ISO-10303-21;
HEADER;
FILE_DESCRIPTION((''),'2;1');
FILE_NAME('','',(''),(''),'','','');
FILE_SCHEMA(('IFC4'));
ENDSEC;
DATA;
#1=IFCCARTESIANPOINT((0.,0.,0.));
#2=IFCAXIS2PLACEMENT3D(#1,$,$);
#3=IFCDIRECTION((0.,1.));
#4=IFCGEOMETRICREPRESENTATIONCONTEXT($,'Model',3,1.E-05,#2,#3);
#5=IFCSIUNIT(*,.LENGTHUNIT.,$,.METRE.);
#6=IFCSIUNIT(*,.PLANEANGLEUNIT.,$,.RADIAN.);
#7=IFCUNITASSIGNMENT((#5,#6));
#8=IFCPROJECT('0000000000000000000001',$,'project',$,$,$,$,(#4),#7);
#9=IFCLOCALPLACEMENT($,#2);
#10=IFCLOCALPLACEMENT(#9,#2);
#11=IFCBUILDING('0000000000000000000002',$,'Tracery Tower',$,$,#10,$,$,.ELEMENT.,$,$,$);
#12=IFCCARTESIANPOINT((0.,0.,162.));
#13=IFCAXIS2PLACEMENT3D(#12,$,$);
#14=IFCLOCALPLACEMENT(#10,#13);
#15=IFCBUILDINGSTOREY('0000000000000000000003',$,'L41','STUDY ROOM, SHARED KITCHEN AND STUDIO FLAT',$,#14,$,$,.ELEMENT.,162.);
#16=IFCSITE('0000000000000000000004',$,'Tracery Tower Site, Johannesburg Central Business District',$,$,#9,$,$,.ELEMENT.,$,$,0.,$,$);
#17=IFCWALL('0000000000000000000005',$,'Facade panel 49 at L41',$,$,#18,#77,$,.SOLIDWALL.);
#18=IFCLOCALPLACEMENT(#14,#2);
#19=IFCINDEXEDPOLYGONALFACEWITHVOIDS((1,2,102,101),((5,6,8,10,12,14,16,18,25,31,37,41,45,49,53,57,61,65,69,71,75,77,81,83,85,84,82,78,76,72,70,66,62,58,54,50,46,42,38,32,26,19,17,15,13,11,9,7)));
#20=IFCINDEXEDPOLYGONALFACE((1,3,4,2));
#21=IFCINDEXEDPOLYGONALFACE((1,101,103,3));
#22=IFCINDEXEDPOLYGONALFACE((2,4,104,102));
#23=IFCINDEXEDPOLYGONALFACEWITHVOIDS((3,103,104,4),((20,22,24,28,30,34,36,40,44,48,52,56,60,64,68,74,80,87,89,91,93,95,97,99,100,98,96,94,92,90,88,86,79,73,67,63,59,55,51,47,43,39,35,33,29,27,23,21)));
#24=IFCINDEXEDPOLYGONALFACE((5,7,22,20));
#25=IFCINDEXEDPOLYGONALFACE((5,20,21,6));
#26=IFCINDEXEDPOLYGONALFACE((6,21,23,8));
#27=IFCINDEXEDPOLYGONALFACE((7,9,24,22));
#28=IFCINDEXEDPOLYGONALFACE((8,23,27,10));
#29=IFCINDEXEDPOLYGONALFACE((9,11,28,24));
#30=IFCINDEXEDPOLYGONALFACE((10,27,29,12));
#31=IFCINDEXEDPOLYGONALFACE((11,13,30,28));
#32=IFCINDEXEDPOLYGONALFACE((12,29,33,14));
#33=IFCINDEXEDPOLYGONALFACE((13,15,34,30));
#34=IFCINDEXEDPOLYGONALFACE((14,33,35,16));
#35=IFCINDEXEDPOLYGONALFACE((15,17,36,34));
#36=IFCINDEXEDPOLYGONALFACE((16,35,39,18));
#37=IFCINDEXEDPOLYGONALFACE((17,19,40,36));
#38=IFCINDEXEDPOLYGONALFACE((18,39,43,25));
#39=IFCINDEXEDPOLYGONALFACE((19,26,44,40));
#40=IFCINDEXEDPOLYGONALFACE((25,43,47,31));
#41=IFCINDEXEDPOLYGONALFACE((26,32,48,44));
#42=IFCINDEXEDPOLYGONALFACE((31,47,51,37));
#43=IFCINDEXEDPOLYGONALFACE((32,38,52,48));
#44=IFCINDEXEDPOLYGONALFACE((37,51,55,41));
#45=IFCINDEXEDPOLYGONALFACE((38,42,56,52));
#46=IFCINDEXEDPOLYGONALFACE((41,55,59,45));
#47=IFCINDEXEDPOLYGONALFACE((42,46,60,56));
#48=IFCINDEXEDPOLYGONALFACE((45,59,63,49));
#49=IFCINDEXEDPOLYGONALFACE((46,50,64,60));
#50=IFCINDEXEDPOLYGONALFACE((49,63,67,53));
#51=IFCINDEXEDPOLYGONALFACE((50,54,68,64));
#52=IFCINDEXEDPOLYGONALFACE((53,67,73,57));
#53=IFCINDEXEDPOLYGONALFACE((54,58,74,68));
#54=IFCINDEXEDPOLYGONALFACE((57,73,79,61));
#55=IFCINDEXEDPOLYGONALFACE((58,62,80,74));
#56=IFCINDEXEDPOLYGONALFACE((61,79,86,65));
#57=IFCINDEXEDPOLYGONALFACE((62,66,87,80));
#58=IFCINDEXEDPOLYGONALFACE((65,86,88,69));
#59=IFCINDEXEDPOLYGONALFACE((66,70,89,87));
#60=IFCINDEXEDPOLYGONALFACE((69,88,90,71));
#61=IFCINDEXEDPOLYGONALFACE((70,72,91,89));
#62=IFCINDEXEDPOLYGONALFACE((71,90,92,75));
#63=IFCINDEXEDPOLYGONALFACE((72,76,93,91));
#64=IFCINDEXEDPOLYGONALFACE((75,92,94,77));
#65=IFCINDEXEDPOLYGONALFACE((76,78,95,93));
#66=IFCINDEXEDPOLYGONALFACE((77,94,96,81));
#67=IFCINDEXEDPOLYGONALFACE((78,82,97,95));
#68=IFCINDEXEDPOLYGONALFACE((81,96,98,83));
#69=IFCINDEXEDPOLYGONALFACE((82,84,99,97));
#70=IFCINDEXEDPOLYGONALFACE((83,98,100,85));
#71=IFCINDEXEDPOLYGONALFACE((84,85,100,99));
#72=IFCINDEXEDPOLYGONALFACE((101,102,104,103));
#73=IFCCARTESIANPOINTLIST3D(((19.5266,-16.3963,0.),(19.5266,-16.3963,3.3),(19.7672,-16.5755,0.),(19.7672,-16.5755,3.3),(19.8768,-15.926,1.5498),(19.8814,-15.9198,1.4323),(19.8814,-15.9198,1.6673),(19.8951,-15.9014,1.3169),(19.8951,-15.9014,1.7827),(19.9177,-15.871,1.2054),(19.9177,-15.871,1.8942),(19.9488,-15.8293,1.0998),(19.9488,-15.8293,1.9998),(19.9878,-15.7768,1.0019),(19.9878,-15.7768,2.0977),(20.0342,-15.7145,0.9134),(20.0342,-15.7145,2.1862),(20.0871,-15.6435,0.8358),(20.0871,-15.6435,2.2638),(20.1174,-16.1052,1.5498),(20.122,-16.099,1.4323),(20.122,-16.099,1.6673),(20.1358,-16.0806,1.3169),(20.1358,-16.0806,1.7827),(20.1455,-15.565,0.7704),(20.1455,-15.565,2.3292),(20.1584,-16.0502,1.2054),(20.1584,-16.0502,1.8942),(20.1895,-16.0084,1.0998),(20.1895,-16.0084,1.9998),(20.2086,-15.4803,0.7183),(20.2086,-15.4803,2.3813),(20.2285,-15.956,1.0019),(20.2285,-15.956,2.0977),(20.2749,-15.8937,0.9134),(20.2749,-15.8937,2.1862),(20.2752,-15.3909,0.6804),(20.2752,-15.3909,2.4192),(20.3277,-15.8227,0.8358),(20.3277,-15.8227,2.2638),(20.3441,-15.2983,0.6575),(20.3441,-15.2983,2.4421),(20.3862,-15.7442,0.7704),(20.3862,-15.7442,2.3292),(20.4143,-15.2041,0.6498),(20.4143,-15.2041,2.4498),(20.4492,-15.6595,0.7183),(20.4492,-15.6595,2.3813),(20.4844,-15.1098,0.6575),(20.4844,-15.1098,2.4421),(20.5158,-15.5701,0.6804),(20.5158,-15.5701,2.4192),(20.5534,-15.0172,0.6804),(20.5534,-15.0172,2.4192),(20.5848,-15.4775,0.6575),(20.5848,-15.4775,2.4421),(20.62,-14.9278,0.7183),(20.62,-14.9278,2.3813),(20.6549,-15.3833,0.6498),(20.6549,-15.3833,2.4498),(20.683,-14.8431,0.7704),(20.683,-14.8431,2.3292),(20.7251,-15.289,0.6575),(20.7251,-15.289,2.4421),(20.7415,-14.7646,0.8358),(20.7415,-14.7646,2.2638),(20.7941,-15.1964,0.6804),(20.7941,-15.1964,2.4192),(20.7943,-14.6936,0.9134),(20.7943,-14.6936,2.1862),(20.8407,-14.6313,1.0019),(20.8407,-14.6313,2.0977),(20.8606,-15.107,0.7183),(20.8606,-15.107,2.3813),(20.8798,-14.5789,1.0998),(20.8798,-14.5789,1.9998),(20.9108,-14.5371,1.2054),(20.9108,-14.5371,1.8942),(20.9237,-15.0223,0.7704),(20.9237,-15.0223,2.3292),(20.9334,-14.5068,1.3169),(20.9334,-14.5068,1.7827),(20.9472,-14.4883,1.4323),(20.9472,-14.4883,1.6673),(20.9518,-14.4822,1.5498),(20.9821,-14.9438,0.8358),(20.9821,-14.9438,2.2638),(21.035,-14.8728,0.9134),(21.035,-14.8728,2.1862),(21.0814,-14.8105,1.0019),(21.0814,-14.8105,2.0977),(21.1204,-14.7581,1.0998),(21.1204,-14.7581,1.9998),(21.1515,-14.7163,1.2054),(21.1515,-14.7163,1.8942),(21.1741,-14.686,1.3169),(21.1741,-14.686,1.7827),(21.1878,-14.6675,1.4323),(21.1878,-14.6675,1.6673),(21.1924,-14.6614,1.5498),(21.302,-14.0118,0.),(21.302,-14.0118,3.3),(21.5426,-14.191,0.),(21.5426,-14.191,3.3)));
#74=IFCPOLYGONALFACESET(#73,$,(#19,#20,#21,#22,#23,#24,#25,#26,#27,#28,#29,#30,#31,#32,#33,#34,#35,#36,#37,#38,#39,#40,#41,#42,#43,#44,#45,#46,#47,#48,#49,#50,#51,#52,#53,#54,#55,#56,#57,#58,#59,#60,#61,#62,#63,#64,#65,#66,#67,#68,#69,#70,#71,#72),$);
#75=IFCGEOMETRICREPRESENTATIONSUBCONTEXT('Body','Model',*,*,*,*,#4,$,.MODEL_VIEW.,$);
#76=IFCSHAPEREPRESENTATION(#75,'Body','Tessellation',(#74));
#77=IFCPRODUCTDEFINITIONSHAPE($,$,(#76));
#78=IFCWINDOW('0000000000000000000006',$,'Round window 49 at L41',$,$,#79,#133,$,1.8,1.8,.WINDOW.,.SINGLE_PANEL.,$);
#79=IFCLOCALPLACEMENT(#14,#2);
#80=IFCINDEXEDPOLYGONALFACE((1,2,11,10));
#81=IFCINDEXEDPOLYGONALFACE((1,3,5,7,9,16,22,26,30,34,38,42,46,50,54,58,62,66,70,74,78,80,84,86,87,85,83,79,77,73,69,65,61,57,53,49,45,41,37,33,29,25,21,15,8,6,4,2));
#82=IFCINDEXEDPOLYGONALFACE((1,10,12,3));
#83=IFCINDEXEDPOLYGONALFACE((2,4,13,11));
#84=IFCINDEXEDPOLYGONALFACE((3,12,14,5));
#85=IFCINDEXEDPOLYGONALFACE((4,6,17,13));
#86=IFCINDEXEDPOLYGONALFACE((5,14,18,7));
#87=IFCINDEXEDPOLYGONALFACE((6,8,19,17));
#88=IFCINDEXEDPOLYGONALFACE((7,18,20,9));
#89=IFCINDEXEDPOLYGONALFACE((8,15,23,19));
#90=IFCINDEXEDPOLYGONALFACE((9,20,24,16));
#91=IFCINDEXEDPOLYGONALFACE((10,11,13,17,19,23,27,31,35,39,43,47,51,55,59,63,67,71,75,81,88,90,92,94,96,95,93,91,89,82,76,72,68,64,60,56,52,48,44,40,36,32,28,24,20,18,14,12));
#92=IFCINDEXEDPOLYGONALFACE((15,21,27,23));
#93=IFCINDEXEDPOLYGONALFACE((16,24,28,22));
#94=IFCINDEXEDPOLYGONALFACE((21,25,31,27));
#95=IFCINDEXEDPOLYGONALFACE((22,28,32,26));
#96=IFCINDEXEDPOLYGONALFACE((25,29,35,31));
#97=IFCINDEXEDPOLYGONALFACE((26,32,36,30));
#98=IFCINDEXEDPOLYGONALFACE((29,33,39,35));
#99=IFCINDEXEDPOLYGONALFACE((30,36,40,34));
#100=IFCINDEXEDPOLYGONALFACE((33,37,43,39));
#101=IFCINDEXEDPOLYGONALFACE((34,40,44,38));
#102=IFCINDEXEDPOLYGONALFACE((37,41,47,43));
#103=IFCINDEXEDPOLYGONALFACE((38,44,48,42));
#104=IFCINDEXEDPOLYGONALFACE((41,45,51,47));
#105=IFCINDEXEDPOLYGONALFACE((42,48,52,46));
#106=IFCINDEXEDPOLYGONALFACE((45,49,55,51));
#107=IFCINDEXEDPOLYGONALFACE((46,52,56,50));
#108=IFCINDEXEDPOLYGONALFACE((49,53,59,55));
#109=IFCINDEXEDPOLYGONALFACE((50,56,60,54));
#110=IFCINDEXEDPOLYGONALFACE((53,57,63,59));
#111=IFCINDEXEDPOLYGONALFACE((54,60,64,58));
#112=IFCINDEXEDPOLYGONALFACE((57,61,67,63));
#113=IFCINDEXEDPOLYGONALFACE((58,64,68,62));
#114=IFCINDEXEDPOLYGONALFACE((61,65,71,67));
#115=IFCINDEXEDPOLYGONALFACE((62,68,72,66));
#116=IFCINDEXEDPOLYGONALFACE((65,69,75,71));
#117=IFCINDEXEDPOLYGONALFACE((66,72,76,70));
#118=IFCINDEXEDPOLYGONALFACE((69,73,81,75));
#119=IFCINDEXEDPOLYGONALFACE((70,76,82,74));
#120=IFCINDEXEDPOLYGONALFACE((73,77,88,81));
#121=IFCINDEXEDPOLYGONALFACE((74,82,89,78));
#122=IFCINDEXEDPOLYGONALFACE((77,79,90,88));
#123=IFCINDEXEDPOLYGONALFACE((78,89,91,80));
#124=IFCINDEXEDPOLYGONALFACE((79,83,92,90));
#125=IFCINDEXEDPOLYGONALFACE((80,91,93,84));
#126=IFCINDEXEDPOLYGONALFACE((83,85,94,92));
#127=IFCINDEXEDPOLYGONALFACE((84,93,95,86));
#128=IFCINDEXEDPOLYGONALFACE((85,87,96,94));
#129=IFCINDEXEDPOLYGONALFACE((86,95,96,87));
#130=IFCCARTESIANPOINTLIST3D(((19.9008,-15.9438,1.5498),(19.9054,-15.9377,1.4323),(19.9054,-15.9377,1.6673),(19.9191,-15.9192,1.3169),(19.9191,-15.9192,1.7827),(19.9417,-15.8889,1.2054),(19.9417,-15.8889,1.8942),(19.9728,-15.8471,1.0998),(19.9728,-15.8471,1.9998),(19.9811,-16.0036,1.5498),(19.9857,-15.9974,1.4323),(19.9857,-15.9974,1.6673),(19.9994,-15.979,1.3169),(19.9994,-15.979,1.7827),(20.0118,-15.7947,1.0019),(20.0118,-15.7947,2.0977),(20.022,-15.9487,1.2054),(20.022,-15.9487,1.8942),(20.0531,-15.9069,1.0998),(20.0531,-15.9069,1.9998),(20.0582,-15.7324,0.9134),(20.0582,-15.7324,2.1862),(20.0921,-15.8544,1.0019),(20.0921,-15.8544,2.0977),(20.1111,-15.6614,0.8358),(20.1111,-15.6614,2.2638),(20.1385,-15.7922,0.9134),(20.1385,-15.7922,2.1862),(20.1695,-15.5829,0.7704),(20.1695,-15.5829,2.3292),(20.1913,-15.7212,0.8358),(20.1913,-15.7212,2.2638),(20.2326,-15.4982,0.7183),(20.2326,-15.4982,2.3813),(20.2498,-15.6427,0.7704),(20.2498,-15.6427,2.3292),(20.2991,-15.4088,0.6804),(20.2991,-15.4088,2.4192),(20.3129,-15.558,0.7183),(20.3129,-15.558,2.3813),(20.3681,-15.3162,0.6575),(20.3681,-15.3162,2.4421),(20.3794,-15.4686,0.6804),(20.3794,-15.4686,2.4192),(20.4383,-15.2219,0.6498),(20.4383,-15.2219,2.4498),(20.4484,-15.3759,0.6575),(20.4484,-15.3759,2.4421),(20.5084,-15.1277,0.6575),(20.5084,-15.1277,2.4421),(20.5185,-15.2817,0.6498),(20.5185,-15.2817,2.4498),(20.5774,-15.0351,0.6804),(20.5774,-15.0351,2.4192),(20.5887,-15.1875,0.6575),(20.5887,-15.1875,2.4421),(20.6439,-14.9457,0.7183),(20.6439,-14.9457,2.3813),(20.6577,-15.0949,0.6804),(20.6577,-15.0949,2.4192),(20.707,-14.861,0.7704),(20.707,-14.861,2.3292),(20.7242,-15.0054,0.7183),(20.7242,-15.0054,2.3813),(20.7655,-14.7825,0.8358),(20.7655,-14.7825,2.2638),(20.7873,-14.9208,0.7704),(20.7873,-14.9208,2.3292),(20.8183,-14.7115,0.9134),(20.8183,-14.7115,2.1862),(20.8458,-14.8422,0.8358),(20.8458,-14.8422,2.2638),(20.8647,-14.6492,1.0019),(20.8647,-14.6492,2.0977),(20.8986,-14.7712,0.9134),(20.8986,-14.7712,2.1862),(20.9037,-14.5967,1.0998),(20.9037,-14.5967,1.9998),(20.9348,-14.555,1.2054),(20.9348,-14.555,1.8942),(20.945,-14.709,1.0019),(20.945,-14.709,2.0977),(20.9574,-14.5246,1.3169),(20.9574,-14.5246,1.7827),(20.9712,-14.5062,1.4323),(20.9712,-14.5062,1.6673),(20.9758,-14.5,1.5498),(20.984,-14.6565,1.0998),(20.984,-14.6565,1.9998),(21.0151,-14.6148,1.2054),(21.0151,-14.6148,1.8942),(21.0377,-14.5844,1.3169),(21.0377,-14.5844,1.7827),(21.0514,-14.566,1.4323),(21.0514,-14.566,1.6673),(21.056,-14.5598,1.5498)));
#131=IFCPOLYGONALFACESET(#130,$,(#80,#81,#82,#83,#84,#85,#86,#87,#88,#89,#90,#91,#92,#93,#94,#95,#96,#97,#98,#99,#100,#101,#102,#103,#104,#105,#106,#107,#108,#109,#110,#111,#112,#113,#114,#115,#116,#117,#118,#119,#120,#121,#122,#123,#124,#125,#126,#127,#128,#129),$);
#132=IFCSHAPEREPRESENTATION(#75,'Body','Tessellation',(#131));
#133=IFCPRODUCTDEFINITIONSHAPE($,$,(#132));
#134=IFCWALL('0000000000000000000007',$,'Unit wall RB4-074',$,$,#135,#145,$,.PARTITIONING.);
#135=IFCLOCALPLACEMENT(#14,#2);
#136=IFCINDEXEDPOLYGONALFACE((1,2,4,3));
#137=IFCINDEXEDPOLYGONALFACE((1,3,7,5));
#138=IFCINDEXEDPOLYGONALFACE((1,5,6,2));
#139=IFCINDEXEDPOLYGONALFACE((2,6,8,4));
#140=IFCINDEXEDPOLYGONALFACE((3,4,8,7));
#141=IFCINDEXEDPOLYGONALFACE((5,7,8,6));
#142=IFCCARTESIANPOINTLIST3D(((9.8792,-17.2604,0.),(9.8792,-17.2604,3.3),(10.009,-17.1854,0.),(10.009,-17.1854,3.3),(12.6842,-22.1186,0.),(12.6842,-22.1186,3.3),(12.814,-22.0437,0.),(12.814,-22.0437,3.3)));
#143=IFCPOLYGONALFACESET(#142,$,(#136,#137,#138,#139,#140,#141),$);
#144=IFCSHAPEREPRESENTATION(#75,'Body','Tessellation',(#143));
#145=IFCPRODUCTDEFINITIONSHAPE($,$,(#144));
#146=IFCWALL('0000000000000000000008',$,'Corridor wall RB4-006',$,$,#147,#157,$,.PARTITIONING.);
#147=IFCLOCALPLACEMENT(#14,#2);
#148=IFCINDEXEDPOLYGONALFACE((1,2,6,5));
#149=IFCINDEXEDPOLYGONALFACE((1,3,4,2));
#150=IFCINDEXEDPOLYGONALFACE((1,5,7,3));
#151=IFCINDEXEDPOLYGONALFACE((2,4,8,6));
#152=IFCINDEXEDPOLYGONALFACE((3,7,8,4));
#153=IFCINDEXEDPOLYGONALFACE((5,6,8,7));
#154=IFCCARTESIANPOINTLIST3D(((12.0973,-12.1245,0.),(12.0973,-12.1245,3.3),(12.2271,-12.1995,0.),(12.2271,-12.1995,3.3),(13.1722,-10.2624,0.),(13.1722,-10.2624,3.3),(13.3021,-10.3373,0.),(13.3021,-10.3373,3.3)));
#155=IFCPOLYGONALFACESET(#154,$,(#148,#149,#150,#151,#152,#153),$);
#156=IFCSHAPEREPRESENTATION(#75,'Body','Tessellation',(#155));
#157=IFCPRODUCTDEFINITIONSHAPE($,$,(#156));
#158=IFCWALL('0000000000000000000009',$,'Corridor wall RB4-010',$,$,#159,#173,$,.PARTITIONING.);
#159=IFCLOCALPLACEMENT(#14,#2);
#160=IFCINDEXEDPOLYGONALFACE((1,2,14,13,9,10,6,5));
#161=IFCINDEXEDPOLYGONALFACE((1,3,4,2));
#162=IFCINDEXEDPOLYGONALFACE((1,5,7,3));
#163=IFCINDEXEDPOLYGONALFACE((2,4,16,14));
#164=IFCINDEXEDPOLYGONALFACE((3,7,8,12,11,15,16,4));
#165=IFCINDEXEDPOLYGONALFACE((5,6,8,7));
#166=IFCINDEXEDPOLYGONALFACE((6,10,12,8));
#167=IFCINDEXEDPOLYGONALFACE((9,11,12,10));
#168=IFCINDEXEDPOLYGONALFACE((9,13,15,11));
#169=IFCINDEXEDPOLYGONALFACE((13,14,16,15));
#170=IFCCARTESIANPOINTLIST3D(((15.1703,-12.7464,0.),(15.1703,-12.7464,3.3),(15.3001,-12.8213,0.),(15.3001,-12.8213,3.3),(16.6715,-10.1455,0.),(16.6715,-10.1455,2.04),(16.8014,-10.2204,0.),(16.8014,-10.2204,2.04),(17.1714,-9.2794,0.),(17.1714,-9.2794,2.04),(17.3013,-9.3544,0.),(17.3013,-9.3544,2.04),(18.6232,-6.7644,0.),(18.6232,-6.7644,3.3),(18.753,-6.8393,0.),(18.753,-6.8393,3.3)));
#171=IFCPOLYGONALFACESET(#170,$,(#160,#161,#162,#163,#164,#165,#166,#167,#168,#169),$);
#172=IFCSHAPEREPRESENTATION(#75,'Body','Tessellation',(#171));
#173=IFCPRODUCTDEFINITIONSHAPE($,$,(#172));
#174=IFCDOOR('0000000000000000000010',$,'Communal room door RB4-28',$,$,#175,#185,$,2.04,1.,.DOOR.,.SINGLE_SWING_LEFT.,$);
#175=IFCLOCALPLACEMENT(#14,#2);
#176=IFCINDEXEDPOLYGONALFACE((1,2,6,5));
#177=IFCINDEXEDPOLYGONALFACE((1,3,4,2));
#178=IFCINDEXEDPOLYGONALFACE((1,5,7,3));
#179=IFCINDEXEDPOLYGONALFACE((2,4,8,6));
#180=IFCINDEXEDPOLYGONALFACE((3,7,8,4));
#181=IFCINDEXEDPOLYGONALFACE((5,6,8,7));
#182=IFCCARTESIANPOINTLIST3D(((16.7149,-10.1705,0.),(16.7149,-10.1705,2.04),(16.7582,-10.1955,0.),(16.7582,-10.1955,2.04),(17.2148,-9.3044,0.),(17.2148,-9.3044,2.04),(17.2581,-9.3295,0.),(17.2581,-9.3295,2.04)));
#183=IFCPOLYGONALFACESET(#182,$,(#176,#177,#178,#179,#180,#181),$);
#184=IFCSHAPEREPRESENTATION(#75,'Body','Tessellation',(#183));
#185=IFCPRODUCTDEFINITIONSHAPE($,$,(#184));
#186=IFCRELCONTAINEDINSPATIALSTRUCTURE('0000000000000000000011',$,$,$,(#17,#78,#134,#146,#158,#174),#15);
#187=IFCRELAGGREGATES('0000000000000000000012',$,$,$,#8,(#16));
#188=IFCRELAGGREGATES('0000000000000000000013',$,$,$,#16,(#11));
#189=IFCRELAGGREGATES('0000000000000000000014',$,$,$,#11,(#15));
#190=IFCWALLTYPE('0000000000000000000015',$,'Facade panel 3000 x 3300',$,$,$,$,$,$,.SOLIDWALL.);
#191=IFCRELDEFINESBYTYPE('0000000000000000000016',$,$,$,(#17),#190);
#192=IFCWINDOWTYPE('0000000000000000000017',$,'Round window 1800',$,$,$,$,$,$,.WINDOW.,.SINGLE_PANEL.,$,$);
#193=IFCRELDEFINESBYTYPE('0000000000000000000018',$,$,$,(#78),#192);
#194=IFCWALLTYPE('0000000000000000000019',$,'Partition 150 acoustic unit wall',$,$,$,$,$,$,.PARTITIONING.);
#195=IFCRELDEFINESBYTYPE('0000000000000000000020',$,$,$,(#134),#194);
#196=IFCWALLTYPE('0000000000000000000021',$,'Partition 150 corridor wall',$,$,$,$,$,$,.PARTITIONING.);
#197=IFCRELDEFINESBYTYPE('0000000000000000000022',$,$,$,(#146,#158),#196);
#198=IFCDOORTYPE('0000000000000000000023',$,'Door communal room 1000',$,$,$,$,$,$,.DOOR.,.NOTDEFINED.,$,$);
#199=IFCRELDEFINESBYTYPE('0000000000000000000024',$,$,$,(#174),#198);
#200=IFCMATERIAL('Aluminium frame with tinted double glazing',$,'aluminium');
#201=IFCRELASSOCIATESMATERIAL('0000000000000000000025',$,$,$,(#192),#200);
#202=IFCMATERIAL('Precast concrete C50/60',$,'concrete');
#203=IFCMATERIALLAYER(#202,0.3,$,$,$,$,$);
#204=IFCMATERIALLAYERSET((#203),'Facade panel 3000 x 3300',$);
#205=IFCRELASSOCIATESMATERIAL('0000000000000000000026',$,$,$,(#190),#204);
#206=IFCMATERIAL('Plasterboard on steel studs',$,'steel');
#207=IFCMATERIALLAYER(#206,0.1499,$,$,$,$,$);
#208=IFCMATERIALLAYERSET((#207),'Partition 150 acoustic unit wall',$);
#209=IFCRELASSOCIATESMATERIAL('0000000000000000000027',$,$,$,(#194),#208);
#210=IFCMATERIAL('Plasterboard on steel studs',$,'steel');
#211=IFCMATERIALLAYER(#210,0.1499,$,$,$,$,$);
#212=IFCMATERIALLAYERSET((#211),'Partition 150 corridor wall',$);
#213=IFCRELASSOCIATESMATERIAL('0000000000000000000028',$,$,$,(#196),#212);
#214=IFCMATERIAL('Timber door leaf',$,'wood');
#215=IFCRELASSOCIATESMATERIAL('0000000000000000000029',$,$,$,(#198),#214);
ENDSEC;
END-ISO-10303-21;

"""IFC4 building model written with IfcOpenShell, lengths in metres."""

from ifc_helpers import new_model, si_unit, direction, frame, frame_2d, origin, origin_2d, place, context, subcontext, project, spatial, rectangle, circle, extrude, material, layer, layer_set, type_object, element, fill, save


model = new_model("IFC4")

# Units and contexts
model_context = context("Model", 3, precision=1e-05, world=origin(), true_north=direction((0.0, 1.0)))
body_context = subcontext(model_context, "Body", "Model", "MODEL_VIEW")
ifc_project = project(units=[si_unit("LENGTHUNIT", "METRE"), si_unit("PLANEANGLEUNIT", "RADIAN")], contexts=[model_context])

# Site, building, storey
site_placement = place(None, origin())
site = spatial("IfcSite", under=ifc_project, at=site_placement, Name="Tracery Tower Site, Johannesburg Central Business District", CompositionType="ELEMENT", RefElevation=0.0)
building_placement = place(site_placement, origin())
building = spatial("IfcBuilding", under=site, at=building_placement, Name="Tracery Tower", CompositionType="ELEMENT")
storey_placement = place(building_placement, frame((0.0, 0.0, 162.0)))
storey = spatial("IfcBuildingStorey", under=building, at=storey_placement, Name="L41", Description="STUDY ROOM, SHARED KITCHEN AND STUDIO FLAT", CompositionType="ELEMENT", Elevation=162.0)

# Wall, opening, window
ifc_material_1 = material(Name="Aluminium frame with tinted double glazing", Category="aluminium")
window_type = type_object("IfcWindowType", Name="Round window 1800", PartitioningType="SINGLE_PANEL", PredefinedType="WINDOW", material=ifc_material_1)
ifc_material_2 = material(Name="Precast concrete C50/60", Category="concrete")
ifc_layer_1 = layer(ifc_material_2, 0.3)
ifc_layer_set_1 = layer_set([ifc_layer_1], Name="Facade panel 3000 x 3300")
wall_type_1 = type_object("IfcWallType", Name="Facade panel 3000 x 3300", PredefinedType="SOLIDWALL", material=ifc_layer_set_1)
wall_1_placement = place(storey_placement, frame((19.647, -16.4858, 0.0), z_axis=(0.0, 0.0, 1.0), x_axis=(0.597198, 0.802094, 0.0)))
wall_1 = element("IfcWall", 1, at=wall_1_placement, inside=storey, type_object=wall_type_1, Name="Facade panel 49 at L41", PredefinedType="SOLIDWALL", context=body_context, shape_type="SweptSolid", body=[
    extrude(rectangle(XDim=2.9729, YDim=0.3, at=frame_2d((1.4863, 0.0))), origin(), (0.0, 0.0, 1.0), 3.3),
])
opening_1_placement = place(wall_1_placement, frame((1.4863, 0.0, 1.5498)))
opening_1 = element("IfcOpeningElement", 2, at=opening_1_placement, cuts=wall_1, PredefinedType="OPENING", context=body_context, shape_type="SweptSolid", body=[
    extrude(circle(Radius=0.9, at=origin_2d()), frame((0.0, 0.1599, 0.0), z_axis=(0.0, -1.0, 0.0), x_axis=(1.0, 0.0, 0.0)), (0.0, 0.0, 1.0), 0.3201),
])
window_1_placement = place(opening_1_placement, origin())
window_1 = element("IfcWindow", 3, at=window_1_placement, inside=storey, type_object=window_type, Name="Round window 49 at L41", OverallHeight=1.8, OverallWidth=1.8, PartitioningType="SINGLE_PANEL", PredefinedType="WINDOW", context=body_context, shape_type="SweptSolid", body=[
    extrude(circle(Radius=0.9, at=origin_2d()), frame((0.0, 0.1201, 0.0), z_axis=(0.0, -1.0, 0.0), x_axis=(1.0, 0.0, 0.0)), (0.0, 0.0, 1.0), 0.1001),
])
fill(opening_1, window_1)

# Walls
ifc_material_3 = material(Name="Plasterboard on steel studs", Category="steel")
ifc_layer_2 = layer(ifc_material_3, 0.1499)
ifc_layer_set_2 = layer_set([ifc_layer_2], Name="Partition 150 acoustic unit wall")
wall_type_2 = type_object("IfcWallType", Name="Partition 150 acoustic unit wall", PredefinedType="PARTITIONING", material=ifc_layer_set_2)
wall_2_placement = place(storey_placement, frame((9.9441, -17.2229, 0.0), z_axis=(0.0, 0.0, 1.0), x_axis=(0.50001, -0.86602, 0.0)))
element("IfcWall", 4, at=wall_2_placement, inside=storey, type_object=wall_type_2, Name="Unit wall RB4-074", PredefinedType="PARTITIONING", context=body_context, shape_type="SweptSolid", body=[
    extrude(rectangle(XDim=5.6099, YDim=0.1499, at=frame_2d((2.8049, 0.0))), origin(), (0.0, 0.0, 1.0), 3.3),
])
ifc_material_4 = material(Name="Plasterboard on steel studs", Category="steel")
ifc_layer_3 = layer(ifc_material_4, 0.1499)
ifc_layer_set_3 = layer_set([ifc_layer_3], Name="Partition 150 corridor wall")
wall_type_3 = type_object("IfcWallType", Name="Partition 150 corridor wall", PredefinedType="PARTITIONING", material=ifc_layer_set_3)
wall_3_placement = place(storey_placement, frame((12.1621, -12.1621, 0.0), z_axis=(0.0, 0.0, 1.0), x_axis=(0.499962, 0.866048, 0.0)))
element("IfcWall", 5, at=wall_3_placement, inside=storey, type_object=wall_type_3, Name="Corridor wall RB4-006", PredefinedType="PARTITIONING", context=body_context, shape_type="SweptSolid", body=[
    extrude(rectangle(XDim=2.1501, YDim=0.1499, at=frame_2d((1.0752, 0.0))), origin(), (0.0, 0.0, 1.0), 3.3),
])

# Wall, opening, door
wall_4_placement = place(storey_placement, frame((15.2351, -12.7839, 0.0), z_axis=(0.0, 0.0, 1.0), x_axis=(0.499914, 0.866075, 0.0)))
wall_4 = element("IfcWall", 6, at=wall_4_placement, inside=storey, type_object=wall_type_3, Name="Corridor wall RB4-010", PredefinedType="PARTITIONING", context=body_context, shape_type="SweptSolid", body=[
    extrude(rectangle(XDim=6.907, YDim=0.1499, at=frame_2d((3.4536, 0.0))), origin(), (0.0, 0.0, 1.0), 3.3),
])
opening_2_placement = place(wall_4_placement, frame((3.0032, 0.0, 0.0)))
opening_2 = element("IfcOpeningElement", 7, at=opening_2_placement, cuts=wall_4, PredefinedType="OPENING", context=body_context, shape_type="SweptSolid", body=[
    extrude(rectangle(XDim=1.0, YDim=2.04, at=frame_2d((0.5, 1.02))), frame((0.0, 0.075, 0.0), z_axis=(0.0, -1.0, 0.0), x_axis=(1.0, 0.0, 0.0)), (0.0, 0.0, 1.0), 0.1499),
])
ifc_material_5 = material(Name="Timber door leaf", Category="wood")
door_type = type_object("IfcDoorType", Name="Door communal room 1000", OperationType="NOTDEFINED", PredefinedType="DOOR", material=ifc_material_5)
door_placement = place(opening_2_placement, origin())
door = element("IfcDoor", 8, at=door_placement, inside=storey, type_object=door_type, Name="Communal room door RB4-28", OperationType="SINGLE_SWING_LEFT", OverallHeight=2.04, OverallWidth=1.0, PredefinedType="DOOR", context=body_context, shape_type="SweptSolid", body=[
    extrude(rectangle(XDim=1.0, YDim=2.04, at=frame_2d((0.5, 1.02))), frame((0.0, 0.0249, 0.0), z_axis=(0.0, -1.0, 0.0), x_axis=(1.0, 0.0, 0.0)), (0.0, 0.0, 1.0), 0.05),
])
fill(opening_2, door)

save(model, "model.ifc")
